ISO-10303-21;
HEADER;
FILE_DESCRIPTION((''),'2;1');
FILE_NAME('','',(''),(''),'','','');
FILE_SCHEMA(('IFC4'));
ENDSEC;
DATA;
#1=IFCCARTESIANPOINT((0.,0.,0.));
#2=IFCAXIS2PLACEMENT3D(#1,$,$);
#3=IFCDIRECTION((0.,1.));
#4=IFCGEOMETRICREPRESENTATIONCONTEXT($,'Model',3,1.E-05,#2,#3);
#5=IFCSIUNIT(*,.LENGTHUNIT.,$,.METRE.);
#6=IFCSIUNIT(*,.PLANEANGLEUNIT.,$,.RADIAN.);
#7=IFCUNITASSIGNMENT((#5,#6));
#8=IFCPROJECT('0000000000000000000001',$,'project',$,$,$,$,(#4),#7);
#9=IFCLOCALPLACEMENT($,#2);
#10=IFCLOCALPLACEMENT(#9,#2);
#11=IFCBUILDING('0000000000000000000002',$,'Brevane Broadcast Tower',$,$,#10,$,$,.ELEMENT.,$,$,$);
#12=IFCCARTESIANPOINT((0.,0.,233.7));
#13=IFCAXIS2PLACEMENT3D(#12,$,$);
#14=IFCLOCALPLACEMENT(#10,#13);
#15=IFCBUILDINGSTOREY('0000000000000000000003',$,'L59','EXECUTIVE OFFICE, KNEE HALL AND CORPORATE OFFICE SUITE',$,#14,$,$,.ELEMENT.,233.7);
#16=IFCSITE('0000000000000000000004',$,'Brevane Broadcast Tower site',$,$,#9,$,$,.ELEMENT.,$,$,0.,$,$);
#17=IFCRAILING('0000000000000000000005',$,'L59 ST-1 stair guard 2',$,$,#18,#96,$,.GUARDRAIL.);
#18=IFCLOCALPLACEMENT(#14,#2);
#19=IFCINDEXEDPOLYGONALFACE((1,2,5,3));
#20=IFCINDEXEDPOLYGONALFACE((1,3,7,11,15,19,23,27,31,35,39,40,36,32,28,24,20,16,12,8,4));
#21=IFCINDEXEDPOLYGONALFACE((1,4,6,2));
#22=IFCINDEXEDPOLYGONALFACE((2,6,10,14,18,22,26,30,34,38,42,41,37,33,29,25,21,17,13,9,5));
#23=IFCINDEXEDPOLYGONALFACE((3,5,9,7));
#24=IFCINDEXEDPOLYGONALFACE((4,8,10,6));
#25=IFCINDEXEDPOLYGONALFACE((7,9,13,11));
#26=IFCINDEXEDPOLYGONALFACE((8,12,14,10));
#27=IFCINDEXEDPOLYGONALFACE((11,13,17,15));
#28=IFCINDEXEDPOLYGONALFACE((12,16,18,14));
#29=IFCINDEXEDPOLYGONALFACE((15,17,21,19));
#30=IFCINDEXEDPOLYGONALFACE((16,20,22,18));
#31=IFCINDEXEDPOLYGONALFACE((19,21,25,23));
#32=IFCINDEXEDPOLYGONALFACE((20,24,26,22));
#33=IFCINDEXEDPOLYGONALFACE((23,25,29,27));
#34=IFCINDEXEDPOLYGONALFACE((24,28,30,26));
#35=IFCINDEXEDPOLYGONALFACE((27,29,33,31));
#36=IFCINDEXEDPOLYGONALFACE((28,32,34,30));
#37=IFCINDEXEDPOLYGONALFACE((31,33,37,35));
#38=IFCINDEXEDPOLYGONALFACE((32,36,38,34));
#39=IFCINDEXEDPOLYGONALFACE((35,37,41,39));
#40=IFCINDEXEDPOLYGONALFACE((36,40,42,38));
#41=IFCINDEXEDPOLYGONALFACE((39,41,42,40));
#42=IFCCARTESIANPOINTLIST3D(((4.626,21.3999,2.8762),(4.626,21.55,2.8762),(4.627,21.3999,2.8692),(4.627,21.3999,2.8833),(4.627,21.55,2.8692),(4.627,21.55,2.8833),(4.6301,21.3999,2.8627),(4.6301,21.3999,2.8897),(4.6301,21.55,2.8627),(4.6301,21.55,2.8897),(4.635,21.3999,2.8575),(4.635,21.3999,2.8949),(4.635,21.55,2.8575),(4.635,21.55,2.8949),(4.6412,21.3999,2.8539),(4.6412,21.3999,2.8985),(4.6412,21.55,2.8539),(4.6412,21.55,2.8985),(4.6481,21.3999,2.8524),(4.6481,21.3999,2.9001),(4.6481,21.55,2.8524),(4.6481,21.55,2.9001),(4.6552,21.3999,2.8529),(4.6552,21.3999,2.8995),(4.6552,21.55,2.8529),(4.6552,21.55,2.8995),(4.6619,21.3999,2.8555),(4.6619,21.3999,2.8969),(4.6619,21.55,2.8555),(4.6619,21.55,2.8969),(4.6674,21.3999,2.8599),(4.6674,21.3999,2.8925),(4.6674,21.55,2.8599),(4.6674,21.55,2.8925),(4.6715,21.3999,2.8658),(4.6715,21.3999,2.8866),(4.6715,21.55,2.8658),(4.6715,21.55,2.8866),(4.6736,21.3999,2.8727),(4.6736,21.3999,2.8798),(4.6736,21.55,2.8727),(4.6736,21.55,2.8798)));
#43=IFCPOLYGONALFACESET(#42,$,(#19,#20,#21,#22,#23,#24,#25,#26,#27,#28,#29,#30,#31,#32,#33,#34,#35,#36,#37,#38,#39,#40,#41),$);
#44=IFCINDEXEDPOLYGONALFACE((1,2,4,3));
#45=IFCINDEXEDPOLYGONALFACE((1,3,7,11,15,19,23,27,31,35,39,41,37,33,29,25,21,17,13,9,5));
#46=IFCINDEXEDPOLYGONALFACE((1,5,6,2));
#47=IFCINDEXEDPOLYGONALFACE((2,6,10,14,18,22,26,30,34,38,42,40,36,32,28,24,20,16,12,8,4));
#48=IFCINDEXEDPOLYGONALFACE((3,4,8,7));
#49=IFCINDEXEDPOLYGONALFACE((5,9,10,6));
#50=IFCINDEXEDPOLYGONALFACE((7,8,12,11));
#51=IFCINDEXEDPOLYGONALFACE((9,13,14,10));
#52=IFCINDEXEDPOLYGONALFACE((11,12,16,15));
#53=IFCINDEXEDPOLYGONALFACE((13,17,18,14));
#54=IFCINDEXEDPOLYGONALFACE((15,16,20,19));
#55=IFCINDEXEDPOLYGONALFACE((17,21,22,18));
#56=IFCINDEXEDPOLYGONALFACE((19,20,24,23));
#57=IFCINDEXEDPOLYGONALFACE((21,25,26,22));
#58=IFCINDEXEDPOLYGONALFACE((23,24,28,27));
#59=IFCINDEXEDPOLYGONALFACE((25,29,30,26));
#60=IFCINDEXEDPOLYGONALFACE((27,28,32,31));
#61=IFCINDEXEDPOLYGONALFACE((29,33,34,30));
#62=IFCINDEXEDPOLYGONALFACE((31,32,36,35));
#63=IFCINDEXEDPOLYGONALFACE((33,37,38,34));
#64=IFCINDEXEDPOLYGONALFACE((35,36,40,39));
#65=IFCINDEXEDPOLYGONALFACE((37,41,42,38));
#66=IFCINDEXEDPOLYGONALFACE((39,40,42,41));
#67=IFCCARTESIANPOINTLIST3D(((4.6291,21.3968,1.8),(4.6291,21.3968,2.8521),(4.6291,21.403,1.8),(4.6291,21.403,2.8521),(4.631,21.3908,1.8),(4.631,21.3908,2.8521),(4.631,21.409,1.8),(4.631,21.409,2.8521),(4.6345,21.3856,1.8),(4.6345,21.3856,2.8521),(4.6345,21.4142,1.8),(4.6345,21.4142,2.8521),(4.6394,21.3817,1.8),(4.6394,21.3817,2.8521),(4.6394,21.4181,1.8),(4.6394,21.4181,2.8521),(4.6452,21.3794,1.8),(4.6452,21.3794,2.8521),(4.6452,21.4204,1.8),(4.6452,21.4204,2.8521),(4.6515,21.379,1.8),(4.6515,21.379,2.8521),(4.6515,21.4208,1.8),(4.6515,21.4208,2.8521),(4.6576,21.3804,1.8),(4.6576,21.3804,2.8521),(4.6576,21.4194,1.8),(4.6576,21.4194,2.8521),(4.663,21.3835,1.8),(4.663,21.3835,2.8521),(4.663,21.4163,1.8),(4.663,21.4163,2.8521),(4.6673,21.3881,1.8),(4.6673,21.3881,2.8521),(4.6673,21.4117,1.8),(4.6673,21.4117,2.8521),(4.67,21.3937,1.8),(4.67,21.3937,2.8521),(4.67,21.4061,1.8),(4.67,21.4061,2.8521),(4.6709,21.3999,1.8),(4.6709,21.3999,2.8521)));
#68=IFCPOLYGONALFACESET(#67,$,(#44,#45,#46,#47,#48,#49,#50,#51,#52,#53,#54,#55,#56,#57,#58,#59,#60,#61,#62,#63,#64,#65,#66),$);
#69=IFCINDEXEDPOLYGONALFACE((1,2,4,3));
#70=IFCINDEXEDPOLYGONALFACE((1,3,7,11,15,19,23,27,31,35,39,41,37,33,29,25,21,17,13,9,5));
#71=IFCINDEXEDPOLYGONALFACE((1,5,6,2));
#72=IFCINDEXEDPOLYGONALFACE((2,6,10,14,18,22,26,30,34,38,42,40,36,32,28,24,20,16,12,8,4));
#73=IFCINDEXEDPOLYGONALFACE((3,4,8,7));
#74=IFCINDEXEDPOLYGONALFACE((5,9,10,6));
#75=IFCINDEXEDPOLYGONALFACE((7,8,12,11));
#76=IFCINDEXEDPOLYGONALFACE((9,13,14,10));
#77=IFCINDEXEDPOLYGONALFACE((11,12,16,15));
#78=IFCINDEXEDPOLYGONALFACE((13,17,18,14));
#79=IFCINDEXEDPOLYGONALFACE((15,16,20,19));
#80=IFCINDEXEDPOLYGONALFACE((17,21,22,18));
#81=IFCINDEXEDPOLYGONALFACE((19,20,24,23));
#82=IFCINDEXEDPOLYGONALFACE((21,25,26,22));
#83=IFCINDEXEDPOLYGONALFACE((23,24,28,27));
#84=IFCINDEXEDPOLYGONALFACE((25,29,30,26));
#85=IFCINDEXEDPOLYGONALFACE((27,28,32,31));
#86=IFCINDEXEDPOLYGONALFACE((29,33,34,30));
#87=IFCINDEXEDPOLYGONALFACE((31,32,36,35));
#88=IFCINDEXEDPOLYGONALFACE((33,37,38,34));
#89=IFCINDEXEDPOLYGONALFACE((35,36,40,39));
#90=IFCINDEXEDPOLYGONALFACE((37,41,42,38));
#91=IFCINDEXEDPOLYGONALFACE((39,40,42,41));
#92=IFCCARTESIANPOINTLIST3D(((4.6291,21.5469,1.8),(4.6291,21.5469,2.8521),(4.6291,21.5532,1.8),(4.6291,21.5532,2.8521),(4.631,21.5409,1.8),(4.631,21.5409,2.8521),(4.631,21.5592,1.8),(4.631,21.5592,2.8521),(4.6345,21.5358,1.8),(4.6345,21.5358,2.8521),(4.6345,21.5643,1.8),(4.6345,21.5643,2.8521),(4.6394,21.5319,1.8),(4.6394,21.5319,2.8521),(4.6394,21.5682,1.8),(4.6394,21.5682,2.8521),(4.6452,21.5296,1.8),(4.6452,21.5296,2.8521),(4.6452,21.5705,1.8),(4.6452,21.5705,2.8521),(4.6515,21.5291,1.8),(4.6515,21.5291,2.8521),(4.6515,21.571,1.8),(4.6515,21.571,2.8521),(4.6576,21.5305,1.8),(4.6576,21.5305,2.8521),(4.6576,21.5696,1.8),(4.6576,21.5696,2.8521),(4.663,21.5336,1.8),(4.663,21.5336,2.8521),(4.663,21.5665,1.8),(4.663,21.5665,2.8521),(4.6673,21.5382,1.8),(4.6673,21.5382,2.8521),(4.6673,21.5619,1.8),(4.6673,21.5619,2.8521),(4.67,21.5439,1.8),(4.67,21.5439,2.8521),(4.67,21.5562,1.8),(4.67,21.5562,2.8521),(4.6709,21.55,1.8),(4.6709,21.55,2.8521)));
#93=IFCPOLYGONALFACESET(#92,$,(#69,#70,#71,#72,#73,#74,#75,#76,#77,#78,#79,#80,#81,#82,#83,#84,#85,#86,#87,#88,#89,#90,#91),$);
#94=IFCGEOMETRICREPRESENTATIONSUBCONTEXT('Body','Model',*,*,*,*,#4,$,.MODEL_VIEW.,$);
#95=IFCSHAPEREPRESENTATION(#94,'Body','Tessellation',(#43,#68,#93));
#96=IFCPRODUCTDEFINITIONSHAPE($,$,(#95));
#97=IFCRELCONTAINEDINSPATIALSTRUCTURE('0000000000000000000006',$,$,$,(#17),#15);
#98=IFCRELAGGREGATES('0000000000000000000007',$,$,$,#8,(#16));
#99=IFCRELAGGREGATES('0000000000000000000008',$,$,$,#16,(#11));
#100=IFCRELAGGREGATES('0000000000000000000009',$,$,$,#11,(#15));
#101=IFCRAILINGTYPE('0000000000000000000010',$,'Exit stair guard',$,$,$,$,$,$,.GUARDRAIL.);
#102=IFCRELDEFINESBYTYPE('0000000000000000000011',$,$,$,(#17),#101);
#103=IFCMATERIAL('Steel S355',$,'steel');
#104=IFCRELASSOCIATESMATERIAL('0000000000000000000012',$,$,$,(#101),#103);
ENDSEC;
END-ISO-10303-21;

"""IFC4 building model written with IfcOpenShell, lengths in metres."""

from ifc_helpers import new_model, si_unit, direction, frame, origin, origin_2d, place, context, subcontext, project, spatial, circle, extrude, material, type_object, element, save


model = new_model("IFC4")

# Units and contexts
model_context = context("Model", 3, precision=1e-05, world=origin(), true_north=direction((0.0, 1.0)))
body_context = subcontext(model_context, "Body", "Model", "MODEL_VIEW")
ifc_project = project(units=[si_unit("LENGTHUNIT", "METRE"), si_unit("PLANEANGLEUNIT", "RADIAN")], contexts=[model_context])

# Site, building, storey
site_placement = place(None, origin())
site = spatial("IfcSite", under=ifc_project, at=site_placement, Name="Brevane Broadcast Tower site", CompositionType="ELEMENT", RefElevation=0.0)
building_placement = place(site_placement, origin())
building = spatial("IfcBuilding", under=site, at=building_placement, Name="Brevane Broadcast Tower", CompositionType="ELEMENT")
storey_placement = place(building_placement, frame((0.0, 0.0, 233.7)))
storey = spatial("IfcBuildingStorey", under=building, at=storey_placement, Name="L59", Description="EXECUTIVE OFFICE, KNEE HALL AND CORPORATE OFFICE SUITE", CompositionType="ELEMENT", Elevation=233.7)

# Railing
ifc_material_1 = material(Name="Steel S355", Category="steel")
railing_type_1 = type_object("IfcRailingType", Name="Exit stair guard", PredefinedType="GUARDRAIL", material=ifc_material_1)
railing_1_placement = place(storey_placement, frame((4.6499, 21.3999, 1.8)))
element("IfcRailing", 1, at=railing_1_placement, inside=storey, type_object=railing_type_1, Name="L59 ST-1 stair guard 2", PredefinedType="GUARDRAIL", context=body_context, shape_type="SweptSolid", body=[
    extrude(circle(Radius=0.0239, at=origin_2d()), frame((0.0, 0.0, 1.0762), z_axis=(0.0, 1.0, 0.0), x_axis=(-1.0, 0.0, 0.0)), (0.0, 0.0, 1.0), 0.1501),
    extrude(circle(Radius=0.021, at=origin_2d()), origin(), (0.0, 0.0, 1.0), 1.052),
    extrude(circle(Radius=0.021, at=origin_2d()), frame((0.0, 0.1501, 0.0)), (0.0, 0.0, 1.0), 1.052),
])

save(model, "model.ifc")
